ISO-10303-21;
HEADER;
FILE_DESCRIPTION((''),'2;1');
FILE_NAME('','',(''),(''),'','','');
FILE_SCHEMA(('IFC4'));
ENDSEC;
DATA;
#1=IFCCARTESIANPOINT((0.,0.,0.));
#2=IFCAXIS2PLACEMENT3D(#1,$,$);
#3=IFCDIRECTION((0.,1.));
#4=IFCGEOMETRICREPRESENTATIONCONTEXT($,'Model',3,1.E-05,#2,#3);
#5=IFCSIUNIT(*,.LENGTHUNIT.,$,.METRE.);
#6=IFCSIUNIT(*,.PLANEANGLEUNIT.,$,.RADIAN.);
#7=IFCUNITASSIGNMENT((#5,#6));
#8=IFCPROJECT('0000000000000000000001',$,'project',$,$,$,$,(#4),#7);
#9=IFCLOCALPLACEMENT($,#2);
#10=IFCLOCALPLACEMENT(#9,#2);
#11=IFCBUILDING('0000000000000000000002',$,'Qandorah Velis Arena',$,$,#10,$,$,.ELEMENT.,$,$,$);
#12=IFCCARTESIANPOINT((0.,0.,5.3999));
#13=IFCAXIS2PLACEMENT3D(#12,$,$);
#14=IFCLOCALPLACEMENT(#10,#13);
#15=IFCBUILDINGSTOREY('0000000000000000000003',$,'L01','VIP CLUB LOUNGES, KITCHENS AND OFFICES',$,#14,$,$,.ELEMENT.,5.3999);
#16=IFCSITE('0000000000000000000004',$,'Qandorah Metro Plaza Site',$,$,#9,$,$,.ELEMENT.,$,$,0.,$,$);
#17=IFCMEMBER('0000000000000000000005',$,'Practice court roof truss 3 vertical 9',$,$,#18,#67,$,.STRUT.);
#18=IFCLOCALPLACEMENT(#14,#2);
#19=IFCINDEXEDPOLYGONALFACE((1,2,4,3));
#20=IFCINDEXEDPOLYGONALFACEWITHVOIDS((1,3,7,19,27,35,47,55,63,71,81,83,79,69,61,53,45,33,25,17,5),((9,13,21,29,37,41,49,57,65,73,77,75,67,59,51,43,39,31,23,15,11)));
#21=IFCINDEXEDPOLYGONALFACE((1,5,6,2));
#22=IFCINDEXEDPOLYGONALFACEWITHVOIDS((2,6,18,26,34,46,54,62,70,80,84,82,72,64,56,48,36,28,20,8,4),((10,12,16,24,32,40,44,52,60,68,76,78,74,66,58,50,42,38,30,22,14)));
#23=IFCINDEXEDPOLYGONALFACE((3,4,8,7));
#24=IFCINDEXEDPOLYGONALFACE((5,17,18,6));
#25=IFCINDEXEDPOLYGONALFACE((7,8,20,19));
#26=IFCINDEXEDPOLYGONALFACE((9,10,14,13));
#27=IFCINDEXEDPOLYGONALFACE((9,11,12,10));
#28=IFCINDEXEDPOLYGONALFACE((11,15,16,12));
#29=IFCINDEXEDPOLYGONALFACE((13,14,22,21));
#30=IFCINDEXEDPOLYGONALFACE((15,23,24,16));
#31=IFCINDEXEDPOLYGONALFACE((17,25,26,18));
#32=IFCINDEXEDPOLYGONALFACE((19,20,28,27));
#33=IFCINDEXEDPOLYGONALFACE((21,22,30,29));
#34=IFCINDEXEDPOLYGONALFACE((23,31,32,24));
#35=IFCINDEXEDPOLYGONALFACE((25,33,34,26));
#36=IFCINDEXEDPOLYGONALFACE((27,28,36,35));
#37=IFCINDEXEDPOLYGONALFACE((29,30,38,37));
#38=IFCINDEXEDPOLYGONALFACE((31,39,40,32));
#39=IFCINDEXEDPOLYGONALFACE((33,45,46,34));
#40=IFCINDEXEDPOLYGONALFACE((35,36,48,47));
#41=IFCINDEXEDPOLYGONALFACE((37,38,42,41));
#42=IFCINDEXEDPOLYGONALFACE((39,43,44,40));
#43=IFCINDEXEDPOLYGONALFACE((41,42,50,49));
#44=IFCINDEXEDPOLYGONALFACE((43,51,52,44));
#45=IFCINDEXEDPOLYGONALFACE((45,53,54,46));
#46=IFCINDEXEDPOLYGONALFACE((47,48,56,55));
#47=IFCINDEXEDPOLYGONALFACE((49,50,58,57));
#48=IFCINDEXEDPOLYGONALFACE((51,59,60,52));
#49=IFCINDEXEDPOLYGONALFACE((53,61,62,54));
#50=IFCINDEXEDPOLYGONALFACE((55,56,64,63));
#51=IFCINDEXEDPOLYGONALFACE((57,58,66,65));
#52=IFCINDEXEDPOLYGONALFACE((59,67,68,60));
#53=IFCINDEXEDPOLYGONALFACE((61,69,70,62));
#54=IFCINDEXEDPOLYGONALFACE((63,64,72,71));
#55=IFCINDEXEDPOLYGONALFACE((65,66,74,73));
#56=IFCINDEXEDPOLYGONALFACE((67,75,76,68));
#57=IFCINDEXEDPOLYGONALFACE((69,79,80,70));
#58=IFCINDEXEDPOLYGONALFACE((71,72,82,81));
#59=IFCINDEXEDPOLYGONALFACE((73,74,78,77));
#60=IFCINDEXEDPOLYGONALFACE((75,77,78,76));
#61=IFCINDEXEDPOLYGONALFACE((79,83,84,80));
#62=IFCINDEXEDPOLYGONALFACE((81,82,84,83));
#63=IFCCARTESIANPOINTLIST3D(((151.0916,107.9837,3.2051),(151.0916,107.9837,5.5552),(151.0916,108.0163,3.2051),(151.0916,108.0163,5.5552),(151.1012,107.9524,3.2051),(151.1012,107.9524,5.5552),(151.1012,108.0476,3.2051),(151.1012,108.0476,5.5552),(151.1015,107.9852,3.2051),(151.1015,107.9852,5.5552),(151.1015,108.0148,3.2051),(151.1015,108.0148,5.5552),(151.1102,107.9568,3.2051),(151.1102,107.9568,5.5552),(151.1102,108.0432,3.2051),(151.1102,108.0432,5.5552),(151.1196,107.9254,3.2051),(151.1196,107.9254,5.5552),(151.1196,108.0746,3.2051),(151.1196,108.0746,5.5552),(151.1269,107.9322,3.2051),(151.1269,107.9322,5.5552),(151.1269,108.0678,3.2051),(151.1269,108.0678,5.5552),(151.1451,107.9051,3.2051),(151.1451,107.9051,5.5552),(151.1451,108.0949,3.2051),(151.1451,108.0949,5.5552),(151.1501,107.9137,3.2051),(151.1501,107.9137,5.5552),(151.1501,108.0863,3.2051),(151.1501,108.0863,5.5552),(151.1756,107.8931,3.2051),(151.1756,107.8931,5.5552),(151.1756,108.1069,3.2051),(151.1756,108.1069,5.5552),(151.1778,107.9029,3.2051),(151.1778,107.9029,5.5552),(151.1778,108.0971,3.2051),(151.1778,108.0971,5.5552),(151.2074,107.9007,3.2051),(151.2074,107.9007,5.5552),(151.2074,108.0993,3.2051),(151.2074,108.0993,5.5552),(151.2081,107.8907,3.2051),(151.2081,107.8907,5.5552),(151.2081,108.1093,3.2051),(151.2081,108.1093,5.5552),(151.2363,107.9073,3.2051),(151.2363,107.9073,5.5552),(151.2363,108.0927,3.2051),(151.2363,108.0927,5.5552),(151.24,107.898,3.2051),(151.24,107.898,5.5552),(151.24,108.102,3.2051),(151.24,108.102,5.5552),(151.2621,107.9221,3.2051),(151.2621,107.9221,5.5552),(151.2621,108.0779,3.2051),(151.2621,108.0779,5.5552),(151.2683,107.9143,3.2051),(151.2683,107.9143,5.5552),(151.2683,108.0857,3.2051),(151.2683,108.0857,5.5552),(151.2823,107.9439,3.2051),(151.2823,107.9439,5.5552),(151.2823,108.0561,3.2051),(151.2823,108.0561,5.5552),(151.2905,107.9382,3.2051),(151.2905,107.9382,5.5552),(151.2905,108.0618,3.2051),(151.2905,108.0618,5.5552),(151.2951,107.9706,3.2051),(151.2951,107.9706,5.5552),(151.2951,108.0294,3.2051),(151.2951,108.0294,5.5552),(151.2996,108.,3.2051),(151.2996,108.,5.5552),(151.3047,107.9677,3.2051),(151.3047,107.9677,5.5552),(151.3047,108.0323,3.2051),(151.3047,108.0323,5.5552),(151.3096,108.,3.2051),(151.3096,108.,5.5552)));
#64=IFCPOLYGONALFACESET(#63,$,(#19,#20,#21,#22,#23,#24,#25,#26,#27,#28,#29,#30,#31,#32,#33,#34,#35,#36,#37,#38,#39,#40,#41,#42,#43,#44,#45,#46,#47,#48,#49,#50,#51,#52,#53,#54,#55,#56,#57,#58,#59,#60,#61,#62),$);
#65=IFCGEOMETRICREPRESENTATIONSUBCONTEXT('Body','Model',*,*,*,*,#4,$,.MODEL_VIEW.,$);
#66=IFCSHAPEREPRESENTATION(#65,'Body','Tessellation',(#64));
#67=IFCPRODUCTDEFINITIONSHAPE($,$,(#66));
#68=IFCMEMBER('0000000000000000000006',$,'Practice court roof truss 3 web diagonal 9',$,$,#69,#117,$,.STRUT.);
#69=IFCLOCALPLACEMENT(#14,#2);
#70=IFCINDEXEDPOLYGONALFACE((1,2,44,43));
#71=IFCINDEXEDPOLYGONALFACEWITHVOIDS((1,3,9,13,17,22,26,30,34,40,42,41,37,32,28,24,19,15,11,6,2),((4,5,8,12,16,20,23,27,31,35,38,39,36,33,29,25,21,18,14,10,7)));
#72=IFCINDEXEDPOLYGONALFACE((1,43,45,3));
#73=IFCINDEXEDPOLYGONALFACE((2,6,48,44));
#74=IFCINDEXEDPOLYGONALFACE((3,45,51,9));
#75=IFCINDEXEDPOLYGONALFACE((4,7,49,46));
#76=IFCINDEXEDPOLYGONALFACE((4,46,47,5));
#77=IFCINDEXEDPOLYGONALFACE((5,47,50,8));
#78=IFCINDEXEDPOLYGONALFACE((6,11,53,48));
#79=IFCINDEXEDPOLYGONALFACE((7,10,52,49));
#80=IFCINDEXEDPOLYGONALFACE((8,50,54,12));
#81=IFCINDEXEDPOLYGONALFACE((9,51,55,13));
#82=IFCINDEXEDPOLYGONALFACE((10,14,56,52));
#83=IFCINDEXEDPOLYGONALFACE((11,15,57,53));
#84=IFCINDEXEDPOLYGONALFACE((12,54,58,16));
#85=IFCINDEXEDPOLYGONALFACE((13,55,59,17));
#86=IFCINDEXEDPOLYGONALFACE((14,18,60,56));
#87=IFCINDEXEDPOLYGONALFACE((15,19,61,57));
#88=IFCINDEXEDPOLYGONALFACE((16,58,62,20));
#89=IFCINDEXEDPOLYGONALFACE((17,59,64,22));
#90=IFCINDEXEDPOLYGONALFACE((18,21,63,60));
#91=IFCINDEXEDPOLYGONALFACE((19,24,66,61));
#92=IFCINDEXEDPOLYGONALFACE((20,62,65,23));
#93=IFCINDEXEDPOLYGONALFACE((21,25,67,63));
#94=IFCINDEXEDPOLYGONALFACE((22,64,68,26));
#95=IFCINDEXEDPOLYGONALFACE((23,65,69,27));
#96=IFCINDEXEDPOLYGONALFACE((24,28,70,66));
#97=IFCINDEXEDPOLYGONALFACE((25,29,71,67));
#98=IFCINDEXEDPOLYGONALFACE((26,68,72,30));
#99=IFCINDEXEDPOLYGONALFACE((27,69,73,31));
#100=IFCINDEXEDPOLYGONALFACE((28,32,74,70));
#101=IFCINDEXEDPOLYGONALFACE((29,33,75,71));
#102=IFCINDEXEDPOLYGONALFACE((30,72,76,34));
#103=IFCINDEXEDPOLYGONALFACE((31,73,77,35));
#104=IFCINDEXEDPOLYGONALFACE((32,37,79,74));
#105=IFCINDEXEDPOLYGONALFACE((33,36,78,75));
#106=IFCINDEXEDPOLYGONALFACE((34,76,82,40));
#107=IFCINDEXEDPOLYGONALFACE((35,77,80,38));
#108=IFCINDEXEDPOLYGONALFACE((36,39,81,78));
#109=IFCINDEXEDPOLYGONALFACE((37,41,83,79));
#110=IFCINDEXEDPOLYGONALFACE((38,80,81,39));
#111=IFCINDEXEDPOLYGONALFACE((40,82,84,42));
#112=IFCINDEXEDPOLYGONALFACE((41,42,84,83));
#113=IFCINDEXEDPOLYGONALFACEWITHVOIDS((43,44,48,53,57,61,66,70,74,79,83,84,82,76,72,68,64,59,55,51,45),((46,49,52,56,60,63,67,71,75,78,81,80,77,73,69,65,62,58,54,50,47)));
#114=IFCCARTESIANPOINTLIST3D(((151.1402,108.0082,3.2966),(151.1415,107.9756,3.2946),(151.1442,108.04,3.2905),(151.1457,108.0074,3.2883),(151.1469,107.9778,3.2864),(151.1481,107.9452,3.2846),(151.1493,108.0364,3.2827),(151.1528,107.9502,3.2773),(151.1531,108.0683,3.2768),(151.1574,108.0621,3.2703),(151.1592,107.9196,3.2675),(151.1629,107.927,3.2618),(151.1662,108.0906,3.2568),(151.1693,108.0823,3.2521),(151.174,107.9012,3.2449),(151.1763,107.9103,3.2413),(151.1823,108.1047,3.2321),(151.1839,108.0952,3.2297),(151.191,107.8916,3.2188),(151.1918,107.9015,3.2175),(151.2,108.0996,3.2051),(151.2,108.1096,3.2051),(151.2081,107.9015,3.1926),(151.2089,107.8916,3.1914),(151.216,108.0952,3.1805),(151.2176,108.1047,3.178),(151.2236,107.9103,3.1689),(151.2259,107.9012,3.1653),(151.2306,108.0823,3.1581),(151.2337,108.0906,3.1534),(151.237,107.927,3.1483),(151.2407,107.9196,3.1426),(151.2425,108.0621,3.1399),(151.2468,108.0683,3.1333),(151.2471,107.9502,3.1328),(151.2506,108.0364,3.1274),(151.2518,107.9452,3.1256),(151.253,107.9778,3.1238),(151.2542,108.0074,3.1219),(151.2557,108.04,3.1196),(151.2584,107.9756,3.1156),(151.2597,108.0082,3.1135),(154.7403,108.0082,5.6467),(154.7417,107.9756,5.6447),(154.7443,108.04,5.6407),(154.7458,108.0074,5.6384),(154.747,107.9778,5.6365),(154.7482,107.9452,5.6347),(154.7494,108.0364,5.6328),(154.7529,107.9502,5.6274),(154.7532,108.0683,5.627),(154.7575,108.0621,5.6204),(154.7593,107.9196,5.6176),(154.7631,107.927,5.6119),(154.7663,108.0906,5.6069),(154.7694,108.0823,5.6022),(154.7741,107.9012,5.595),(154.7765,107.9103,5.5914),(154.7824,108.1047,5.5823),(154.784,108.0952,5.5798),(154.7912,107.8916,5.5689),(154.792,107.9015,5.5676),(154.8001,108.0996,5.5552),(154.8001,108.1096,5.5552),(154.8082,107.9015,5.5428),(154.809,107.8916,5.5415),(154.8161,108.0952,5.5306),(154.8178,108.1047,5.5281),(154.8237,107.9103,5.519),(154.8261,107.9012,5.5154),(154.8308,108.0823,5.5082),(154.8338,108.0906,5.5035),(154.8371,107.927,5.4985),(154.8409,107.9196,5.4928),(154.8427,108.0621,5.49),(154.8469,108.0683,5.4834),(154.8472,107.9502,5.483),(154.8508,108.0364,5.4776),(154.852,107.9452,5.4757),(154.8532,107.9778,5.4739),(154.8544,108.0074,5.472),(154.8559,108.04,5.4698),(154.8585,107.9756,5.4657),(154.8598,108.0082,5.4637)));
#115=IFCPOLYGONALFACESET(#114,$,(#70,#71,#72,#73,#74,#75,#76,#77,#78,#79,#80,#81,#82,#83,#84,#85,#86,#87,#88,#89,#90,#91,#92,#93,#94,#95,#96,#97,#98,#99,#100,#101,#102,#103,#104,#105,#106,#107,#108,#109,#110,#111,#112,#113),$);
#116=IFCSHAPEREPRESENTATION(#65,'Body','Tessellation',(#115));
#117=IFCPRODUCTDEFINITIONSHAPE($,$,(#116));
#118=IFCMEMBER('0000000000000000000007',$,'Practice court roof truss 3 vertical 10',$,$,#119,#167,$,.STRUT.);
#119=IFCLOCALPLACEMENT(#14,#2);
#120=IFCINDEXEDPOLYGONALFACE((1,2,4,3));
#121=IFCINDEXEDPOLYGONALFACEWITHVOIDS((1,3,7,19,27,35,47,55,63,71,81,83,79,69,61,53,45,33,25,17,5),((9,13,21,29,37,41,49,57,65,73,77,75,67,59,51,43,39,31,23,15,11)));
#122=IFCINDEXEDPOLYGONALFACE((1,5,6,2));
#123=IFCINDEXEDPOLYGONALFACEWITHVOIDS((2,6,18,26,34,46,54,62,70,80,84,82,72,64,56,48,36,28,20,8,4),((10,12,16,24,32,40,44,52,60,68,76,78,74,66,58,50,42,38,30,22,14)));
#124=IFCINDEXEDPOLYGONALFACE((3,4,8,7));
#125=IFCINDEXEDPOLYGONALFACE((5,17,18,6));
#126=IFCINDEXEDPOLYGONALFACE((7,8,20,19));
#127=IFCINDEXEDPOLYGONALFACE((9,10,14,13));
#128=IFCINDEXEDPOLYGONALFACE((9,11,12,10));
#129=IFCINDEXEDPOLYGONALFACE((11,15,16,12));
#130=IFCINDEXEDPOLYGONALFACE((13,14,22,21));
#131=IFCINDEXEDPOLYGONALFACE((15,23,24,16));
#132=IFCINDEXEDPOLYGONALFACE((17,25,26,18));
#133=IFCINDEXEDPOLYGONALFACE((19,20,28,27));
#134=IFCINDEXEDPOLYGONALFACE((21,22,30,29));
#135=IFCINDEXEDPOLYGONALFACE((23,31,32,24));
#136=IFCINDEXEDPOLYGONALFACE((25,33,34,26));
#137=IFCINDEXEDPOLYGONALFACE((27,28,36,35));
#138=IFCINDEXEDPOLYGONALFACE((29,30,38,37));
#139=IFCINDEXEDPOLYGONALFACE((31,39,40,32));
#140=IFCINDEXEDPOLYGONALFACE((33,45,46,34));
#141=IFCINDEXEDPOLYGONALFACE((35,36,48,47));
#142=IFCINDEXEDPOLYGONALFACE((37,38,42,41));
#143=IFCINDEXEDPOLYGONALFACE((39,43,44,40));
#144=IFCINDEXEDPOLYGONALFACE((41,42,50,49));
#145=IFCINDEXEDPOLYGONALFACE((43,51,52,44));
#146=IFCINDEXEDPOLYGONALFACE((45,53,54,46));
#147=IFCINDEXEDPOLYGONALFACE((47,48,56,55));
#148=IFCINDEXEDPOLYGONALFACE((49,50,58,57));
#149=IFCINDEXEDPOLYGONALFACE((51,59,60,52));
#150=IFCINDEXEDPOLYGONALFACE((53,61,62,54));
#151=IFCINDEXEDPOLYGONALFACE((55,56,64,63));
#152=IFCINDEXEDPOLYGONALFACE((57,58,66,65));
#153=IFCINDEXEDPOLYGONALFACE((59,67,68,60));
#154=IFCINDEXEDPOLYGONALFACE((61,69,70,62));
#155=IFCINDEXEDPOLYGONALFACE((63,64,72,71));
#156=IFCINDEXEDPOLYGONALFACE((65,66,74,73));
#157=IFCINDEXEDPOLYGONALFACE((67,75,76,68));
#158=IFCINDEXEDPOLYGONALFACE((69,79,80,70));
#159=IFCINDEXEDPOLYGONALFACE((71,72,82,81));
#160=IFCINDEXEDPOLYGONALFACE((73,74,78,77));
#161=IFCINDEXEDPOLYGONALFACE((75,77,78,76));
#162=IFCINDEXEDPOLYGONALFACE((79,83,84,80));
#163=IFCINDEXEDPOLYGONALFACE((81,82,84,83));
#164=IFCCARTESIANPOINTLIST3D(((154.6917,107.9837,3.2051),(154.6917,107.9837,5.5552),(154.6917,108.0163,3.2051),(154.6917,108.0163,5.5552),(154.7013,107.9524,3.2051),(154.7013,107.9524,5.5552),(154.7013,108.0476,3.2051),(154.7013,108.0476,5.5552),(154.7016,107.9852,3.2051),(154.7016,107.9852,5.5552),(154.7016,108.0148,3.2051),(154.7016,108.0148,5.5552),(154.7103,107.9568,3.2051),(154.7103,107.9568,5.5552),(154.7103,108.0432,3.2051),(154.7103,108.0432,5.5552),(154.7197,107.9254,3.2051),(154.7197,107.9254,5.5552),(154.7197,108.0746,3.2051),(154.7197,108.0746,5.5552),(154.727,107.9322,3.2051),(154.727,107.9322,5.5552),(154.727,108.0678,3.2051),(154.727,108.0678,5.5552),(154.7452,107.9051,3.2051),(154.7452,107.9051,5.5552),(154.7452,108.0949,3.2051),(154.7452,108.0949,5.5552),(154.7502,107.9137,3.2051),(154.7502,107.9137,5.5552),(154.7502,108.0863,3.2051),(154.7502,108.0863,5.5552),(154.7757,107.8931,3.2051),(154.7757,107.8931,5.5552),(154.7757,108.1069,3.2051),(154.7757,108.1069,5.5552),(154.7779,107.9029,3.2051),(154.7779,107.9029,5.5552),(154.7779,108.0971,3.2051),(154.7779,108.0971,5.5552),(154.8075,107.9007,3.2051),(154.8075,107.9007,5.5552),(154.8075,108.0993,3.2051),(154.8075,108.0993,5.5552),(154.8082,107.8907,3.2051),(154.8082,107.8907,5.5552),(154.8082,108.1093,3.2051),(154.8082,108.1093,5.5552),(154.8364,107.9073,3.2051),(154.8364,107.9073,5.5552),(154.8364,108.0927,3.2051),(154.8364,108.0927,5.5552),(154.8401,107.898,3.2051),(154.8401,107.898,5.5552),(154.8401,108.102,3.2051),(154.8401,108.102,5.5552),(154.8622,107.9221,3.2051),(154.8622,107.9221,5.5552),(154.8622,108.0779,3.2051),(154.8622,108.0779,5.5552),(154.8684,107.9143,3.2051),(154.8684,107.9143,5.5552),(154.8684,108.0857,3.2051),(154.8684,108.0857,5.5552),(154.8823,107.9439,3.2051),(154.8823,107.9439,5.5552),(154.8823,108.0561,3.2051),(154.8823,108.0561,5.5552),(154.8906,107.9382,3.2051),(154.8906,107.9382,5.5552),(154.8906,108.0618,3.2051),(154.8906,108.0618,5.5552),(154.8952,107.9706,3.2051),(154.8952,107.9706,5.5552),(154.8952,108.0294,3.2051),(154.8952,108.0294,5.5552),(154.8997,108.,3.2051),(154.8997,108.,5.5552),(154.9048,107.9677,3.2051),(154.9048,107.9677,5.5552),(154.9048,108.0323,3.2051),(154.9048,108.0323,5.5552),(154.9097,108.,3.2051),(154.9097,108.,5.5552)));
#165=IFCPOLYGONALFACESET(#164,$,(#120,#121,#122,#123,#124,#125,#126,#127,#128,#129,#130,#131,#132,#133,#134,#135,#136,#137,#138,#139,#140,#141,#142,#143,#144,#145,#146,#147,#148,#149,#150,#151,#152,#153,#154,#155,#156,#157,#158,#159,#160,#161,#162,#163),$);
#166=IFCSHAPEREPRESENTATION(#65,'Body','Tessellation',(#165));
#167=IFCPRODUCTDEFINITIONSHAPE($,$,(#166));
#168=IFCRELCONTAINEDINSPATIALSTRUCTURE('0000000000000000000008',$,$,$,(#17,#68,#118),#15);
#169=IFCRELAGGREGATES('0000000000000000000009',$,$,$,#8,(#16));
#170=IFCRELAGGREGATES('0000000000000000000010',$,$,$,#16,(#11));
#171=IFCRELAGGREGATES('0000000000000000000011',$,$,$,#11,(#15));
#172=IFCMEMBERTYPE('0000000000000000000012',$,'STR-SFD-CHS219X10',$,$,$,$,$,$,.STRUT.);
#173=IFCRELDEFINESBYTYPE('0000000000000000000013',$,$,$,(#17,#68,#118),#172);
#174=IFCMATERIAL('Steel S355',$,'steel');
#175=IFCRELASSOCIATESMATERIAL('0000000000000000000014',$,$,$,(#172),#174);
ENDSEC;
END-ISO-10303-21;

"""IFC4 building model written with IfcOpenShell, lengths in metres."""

from ifc_helpers import new_model, si_unit, direction, frame, origin, origin_2d, place, context, subcontext, project, spatial, hollow_circle, extrude, material, material_profile, profile_set, type_object, element, save


model = new_model("IFC4")

# Units and contexts
model_context = context("Model", 3, precision=1e-05, world=origin(), true_north=direction((0.0, 1.0)))
body_context = subcontext(model_context, "Body", "Model", "MODEL_VIEW")
ifc_project = project(units=[si_unit("LENGTHUNIT", "METRE"), si_unit("PLANEANGLEUNIT", "RADIAN")], contexts=[model_context])

# Site, building, storey
site_placement = place(None, origin())
site = spatial("IfcSite", under=ifc_project, at=site_placement, Name="Qandorah Metro Plaza Site", CompositionType="ELEMENT", RefElevation=0.0)
building_placement = place(site_placement, origin())
building = spatial("IfcBuilding", under=site, at=building_placement, Name="Qandorah Velis Arena", CompositionType="ELEMENT")
storey_placement = place(building_placement, frame((0.0, 0.0, 5.3999)))
storey = spatial("IfcBuildingStorey", under=building, at=storey_placement, Name="L01", Description="VIP CLUB LOUNGES, KITCHENS AND OFFICES", CompositionType="ELEMENT", Elevation=5.3999)

# Members
ifc_material_1 = material(Name="Steel S355", Category="steel")
ifc_material_profile_1 = material_profile(ifc_material_1, hollow_circle(Radius=0.1096, WallThickness=0.01, at=origin_2d()), Name="CHS 219.1x10")
ifc_profile_set_1 = profile_set([ifc_material_profile_1], Name="Steel S355")
member_type_1 = type_object("IfcMemberType", Name="STR-SFD-CHS219X10", PredefinedType="STRUT", material=ifc_profile_set_1)
member_1_placement = place(storey_placement, frame((151.2, 108.0, 3.2051), z_axis=(0.0, 0.0, 1.0), x_axis=(1.0, 0.0, 0.0)))
element("IfcMember", 1, at=member_1_placement, inside=storey, type_object=member_type_1, Name="Practice court roof truss 3 vertical 9", PredefinedType="STRUT", context=body_context, shape_type="SweptSolid", body=[
    extrude(hollow_circle(Radius=0.1096, WallThickness=0.01, at=origin_2d()), origin(), (0.0, 0.0, 1.0), 2.3501),
])
member_2_placement = place(storey_placement, frame((151.2, 108.0, 3.2051), z_axis=(0.837376, 0.0, 0.546628), x_axis=(0.0, 1.0, 0.0)))
element("IfcMember", 2, at=member_2_placement, inside=storey, type_object=member_type_1, Name="Practice court roof truss 3 web diagonal 9", PredefinedType="STRUT", context=body_context, shape_type="SweptSolid", body=[
    extrude(hollow_circle(Radius=0.1096, WallThickness=0.01, at=origin_2d()), origin(), (0.0, 0.0, 1.0), 4.2993),
])
member_3_placement = place(storey_placement, frame((154.8, 108.0, 3.2051), z_axis=(0.0, 0.0, 1.0), x_axis=(1.0, 0.0, 0.0)))
element("IfcMember", 3, at=member_3_placement, inside=storey, type_object=member_type_1, Name="Practice court roof truss 3 vertical 10", PredefinedType="STRUT", context=body_context, shape_type="SweptSolid", body=[
    extrude(hollow_circle(Radius=0.1096, WallThickness=0.01, at=origin_2d()), origin(), (0.0, 0.0, 1.0), 2.3501),
])

save(model, "model.ifc")
